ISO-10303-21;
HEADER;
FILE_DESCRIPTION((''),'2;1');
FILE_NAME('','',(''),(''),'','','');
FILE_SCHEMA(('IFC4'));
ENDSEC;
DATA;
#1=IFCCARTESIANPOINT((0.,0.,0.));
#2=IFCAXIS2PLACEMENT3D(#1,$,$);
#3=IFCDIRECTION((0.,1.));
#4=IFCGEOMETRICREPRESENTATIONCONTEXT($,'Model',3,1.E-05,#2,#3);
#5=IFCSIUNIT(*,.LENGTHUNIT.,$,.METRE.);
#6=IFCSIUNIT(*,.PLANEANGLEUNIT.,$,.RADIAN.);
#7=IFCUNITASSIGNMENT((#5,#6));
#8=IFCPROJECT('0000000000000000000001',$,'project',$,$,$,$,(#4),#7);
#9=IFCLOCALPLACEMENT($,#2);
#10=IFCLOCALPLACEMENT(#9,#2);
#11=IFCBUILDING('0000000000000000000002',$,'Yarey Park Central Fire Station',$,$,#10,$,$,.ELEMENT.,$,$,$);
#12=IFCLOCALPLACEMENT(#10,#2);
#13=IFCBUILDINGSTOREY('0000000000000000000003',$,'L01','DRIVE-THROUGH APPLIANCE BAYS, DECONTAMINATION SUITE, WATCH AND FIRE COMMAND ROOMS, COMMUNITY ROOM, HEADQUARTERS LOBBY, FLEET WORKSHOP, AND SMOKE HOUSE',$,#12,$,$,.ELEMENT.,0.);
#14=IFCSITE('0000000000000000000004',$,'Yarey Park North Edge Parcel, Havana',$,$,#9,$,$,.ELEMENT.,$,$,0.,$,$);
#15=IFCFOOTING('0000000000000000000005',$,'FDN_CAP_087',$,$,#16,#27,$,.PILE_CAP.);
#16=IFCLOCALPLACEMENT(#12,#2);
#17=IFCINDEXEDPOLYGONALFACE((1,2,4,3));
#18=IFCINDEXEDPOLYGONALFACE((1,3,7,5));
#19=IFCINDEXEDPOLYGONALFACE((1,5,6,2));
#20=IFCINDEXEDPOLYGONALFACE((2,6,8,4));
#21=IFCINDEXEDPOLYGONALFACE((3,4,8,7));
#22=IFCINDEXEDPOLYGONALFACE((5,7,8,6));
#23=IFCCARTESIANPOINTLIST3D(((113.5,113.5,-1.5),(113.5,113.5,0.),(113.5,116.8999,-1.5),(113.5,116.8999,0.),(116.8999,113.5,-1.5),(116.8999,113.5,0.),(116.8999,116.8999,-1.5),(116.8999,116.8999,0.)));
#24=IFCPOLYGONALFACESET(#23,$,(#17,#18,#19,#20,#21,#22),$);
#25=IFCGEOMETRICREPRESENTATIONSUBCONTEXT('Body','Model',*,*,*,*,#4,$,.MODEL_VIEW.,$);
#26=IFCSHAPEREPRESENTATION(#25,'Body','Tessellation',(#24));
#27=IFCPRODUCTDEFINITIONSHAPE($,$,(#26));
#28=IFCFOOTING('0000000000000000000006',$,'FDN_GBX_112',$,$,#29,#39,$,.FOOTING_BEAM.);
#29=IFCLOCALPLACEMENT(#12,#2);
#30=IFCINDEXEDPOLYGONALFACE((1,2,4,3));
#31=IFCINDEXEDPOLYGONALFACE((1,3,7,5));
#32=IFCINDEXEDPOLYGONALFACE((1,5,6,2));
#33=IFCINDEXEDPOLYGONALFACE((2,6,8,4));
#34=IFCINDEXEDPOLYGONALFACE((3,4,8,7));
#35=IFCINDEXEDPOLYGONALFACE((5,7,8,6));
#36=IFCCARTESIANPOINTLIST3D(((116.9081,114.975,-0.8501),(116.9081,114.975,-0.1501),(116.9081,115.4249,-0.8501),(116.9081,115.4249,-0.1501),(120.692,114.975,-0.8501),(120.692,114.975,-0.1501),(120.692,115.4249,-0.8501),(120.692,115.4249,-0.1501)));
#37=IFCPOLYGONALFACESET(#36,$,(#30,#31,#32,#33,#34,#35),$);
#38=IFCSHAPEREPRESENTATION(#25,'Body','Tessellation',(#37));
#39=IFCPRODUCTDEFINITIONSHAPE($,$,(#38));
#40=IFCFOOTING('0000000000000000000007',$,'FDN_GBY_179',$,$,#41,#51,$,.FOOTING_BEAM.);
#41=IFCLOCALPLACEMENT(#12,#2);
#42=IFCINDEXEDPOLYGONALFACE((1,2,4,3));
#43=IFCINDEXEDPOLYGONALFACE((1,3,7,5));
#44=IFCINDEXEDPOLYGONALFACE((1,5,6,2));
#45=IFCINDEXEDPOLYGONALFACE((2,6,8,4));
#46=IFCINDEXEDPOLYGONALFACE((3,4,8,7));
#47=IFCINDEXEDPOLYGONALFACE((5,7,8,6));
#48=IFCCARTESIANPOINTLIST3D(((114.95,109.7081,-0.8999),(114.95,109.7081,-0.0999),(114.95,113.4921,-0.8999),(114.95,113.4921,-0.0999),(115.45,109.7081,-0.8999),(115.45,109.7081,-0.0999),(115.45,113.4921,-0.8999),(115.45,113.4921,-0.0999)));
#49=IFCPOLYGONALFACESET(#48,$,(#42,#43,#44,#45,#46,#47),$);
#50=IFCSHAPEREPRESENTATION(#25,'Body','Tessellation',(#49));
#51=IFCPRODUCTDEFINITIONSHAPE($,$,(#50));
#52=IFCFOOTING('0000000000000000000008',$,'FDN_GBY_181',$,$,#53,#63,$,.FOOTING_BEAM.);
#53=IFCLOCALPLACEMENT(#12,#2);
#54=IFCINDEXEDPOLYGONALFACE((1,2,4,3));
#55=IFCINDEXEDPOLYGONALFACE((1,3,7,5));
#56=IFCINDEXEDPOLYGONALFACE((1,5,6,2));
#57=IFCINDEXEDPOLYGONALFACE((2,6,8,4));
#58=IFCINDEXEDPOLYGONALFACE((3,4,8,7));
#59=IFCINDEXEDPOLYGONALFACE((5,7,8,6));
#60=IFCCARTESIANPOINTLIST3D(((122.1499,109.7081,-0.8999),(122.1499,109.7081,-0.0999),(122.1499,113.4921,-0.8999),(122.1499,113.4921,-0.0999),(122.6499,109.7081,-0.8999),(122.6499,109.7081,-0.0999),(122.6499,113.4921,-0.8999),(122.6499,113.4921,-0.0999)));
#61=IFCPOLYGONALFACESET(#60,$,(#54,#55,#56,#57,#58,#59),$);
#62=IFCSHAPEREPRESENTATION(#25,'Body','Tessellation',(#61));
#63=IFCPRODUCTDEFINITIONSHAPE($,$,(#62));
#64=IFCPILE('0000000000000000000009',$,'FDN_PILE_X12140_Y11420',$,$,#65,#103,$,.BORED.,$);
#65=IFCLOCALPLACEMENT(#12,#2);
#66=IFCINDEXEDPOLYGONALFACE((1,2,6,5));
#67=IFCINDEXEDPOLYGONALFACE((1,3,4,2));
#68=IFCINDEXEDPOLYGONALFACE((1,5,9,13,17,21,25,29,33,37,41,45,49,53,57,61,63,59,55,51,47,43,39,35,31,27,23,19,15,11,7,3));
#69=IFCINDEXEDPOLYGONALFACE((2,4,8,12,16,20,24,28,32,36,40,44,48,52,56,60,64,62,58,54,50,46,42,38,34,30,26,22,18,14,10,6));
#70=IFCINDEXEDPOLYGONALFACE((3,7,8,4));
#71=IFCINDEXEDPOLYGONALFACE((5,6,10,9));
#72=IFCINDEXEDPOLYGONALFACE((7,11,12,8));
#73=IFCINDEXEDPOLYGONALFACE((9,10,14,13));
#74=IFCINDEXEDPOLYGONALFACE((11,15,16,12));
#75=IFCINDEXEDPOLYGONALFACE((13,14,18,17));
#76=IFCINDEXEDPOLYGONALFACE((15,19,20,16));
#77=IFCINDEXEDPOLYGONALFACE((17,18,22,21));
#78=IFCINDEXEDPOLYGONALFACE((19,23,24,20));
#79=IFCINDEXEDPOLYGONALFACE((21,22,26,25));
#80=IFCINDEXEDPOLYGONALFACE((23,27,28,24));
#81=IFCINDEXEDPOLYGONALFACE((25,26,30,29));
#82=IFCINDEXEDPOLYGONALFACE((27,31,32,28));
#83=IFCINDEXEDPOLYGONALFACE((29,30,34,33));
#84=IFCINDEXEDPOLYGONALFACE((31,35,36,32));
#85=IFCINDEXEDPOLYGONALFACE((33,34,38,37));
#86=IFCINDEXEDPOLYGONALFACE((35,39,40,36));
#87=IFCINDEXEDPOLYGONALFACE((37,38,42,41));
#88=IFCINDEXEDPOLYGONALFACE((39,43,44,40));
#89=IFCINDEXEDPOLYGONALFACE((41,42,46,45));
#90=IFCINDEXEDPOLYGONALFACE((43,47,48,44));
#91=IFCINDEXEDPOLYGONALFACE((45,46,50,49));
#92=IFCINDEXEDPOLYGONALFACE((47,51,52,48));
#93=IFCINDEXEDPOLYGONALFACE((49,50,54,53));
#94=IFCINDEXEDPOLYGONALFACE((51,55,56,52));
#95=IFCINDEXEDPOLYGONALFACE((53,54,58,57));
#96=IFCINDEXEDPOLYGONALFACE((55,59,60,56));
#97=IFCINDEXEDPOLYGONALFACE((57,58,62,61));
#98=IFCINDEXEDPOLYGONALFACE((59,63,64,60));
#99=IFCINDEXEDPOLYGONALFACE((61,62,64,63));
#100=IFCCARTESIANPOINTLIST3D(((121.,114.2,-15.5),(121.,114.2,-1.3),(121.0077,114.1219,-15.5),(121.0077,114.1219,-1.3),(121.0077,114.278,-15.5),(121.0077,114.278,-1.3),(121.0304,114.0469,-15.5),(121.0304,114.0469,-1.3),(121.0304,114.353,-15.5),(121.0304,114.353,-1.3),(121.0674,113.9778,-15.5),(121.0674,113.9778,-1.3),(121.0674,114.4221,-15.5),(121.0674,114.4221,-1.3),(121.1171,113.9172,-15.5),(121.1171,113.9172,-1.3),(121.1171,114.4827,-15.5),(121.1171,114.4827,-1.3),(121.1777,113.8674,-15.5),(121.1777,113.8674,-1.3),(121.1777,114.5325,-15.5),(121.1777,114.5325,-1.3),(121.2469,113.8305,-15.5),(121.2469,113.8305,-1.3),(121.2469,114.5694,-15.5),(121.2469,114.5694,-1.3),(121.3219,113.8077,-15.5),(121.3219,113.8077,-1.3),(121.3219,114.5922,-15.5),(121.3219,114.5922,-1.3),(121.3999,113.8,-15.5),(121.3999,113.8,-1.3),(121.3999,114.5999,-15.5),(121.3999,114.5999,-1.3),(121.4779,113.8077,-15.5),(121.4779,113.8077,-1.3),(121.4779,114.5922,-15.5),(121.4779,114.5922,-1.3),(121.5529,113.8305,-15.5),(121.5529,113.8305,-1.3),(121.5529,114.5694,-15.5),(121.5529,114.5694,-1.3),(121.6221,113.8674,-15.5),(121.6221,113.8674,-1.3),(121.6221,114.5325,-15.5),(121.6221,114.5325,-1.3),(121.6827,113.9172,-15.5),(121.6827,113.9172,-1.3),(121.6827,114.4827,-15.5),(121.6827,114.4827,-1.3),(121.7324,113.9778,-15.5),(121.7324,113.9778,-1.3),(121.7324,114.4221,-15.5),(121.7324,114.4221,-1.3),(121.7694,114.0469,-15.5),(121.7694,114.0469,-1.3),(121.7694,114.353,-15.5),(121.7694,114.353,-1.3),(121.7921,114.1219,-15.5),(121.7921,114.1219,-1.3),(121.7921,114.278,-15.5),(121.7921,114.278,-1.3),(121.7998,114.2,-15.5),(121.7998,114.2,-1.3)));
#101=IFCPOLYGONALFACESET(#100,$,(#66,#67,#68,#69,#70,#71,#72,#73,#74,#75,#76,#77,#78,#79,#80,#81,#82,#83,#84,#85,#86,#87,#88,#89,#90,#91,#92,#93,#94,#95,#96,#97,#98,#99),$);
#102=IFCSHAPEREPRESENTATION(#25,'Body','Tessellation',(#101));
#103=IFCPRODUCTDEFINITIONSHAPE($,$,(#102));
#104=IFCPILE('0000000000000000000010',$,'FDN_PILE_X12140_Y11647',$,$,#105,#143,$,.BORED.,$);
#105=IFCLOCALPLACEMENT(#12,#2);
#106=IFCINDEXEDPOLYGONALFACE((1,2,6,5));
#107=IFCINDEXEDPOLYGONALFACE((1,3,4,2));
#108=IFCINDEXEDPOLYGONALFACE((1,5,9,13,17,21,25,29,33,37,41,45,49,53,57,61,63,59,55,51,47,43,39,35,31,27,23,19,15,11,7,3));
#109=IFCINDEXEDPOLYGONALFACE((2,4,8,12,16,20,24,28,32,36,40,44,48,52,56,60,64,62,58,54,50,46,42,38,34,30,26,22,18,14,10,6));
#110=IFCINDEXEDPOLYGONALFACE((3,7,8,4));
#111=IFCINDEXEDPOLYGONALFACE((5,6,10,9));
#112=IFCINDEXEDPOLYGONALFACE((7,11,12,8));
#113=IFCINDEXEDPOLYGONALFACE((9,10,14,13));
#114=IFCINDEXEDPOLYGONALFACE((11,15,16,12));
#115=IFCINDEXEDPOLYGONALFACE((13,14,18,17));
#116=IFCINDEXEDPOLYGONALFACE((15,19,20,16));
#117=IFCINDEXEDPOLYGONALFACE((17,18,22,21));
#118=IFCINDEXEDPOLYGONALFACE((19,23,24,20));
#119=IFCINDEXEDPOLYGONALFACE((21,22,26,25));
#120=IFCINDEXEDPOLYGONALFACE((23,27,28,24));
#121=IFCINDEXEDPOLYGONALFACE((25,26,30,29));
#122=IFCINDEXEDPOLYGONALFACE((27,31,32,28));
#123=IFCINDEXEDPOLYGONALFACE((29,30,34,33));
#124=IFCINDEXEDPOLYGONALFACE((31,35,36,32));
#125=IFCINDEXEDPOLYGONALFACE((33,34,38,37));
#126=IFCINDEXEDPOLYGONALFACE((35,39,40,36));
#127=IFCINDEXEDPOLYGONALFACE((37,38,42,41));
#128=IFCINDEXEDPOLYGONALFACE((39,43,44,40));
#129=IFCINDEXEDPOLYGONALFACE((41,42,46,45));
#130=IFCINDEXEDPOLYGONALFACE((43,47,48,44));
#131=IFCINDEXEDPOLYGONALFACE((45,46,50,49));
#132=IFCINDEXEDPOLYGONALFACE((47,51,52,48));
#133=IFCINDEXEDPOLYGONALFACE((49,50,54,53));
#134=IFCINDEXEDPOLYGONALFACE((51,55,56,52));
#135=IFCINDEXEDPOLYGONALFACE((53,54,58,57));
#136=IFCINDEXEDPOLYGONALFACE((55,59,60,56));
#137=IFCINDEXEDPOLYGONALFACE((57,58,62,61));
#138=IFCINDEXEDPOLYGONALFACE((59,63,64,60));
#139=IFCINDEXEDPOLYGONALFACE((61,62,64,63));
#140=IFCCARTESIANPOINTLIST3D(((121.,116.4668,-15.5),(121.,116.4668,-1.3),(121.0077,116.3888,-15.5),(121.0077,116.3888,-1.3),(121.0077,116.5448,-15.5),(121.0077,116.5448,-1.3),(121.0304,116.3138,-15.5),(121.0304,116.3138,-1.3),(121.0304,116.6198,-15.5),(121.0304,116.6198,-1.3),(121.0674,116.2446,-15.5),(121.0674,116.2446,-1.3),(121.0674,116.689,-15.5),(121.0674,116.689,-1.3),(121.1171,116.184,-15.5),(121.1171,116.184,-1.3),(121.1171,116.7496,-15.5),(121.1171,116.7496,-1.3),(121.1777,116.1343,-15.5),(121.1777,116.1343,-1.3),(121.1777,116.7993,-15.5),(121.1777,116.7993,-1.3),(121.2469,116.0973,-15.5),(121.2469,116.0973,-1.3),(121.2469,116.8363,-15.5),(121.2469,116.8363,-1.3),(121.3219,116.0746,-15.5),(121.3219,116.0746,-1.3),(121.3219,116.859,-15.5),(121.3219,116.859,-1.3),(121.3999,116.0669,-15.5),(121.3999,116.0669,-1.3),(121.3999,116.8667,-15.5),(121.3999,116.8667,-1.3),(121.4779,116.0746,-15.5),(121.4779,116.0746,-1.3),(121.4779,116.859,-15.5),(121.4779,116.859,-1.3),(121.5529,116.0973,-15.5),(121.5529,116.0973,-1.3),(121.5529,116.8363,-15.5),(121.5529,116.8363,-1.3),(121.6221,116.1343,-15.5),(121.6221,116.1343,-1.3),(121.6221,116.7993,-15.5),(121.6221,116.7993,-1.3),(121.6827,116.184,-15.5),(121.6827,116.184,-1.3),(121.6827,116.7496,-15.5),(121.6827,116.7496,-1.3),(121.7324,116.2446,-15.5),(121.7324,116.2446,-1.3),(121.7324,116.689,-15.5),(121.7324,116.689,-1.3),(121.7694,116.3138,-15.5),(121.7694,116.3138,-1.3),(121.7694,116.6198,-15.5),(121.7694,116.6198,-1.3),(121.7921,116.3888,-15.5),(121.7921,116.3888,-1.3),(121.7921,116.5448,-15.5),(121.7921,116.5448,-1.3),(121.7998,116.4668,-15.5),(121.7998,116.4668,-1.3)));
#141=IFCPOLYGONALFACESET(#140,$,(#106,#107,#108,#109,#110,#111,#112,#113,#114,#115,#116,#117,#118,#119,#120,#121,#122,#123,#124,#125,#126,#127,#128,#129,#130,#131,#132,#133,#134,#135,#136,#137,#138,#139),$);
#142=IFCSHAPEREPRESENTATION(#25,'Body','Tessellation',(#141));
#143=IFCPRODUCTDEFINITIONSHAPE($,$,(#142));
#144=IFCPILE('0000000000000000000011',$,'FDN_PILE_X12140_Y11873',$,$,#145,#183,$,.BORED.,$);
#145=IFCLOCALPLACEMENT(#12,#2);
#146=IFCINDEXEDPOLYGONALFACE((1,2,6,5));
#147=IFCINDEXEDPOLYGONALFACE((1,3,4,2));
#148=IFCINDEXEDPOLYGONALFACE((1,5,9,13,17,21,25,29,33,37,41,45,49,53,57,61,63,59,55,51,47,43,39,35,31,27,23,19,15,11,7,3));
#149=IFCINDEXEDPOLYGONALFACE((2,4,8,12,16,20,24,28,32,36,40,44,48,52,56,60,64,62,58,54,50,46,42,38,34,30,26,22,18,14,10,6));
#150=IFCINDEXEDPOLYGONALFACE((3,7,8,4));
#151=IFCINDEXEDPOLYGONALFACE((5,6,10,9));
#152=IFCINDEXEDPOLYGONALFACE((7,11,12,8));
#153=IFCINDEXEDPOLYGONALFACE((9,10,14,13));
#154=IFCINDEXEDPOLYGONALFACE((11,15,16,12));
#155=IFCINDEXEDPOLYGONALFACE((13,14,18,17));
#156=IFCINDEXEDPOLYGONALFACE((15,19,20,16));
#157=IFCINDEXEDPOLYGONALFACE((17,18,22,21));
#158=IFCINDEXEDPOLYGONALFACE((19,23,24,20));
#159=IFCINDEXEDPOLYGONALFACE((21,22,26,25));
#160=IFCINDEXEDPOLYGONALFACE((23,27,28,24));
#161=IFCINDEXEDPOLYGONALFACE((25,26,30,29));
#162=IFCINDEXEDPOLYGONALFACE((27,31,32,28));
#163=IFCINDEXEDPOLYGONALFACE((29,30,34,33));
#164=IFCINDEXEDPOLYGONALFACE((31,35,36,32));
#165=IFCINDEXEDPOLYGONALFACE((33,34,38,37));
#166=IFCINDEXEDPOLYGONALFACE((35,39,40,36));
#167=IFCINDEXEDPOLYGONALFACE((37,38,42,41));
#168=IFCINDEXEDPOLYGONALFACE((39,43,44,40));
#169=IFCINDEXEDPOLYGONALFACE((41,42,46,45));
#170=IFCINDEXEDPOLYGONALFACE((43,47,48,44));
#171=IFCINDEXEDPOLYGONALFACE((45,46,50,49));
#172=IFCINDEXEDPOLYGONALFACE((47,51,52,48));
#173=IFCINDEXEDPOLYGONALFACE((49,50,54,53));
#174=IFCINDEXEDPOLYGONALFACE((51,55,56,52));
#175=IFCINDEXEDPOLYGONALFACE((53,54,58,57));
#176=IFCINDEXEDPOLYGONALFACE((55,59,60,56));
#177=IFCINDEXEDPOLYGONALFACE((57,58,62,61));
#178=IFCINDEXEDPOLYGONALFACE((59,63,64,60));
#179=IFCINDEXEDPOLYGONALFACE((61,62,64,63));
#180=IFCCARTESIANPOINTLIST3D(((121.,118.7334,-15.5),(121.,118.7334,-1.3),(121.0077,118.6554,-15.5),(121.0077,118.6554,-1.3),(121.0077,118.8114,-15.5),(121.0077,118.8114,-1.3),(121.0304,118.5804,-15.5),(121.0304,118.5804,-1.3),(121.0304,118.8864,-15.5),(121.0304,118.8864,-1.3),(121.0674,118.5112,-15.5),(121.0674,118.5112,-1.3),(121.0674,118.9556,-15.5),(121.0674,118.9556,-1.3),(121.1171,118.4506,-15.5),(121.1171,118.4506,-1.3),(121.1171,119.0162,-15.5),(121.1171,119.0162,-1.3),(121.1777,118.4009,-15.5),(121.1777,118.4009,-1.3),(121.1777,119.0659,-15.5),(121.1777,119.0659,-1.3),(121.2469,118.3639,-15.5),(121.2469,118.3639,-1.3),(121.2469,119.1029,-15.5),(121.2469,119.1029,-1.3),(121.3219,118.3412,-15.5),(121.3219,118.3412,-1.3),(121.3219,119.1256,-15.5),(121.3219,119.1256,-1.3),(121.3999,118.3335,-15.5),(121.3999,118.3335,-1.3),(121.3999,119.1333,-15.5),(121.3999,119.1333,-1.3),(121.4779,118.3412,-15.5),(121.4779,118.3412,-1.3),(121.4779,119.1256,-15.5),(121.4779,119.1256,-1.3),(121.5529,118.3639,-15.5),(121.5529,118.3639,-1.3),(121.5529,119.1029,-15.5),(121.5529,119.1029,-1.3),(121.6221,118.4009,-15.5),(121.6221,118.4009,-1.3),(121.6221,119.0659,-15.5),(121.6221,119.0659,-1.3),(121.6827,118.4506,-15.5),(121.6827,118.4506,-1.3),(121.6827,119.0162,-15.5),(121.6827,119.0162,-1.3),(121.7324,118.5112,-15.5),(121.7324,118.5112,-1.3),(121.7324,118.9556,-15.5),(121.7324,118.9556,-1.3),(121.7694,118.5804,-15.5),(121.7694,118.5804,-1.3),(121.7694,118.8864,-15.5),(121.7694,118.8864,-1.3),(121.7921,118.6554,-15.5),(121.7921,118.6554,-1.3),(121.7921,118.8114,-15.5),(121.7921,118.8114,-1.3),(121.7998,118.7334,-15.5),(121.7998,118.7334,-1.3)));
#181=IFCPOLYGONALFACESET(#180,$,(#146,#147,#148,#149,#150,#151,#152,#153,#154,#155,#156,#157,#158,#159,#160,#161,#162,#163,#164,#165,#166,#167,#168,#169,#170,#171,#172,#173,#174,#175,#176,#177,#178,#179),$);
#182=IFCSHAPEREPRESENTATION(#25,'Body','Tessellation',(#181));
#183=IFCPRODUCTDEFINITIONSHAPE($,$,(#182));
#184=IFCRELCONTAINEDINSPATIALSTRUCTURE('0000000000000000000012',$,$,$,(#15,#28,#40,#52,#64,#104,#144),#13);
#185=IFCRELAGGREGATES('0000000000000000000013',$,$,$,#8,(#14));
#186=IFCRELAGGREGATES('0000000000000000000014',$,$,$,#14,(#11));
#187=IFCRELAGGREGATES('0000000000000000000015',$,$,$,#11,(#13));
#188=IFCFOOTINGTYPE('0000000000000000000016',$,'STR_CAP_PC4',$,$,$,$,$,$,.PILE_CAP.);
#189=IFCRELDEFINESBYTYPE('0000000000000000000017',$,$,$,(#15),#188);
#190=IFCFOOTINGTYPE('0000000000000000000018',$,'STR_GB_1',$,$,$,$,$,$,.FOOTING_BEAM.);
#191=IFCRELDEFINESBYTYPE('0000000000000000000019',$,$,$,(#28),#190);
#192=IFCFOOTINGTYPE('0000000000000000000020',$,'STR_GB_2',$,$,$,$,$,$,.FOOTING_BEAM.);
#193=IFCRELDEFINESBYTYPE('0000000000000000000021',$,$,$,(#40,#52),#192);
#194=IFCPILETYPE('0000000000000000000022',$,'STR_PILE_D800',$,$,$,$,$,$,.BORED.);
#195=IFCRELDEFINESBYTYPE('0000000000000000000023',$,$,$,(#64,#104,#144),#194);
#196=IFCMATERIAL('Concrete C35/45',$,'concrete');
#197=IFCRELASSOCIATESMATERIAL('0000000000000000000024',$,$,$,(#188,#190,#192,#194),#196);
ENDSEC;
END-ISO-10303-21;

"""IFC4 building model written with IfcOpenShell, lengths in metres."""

from ifc_helpers import new_model, si_unit, direction, frame, origin, origin_2d, place, context, subcontext, project, spatial, rectangle, circle, extrude, material, material_profile, profile_set, type_object, element, save


model = new_model("IFC4")

# Units and contexts
model_context = context("Model", 3, precision=1e-05, world=origin(), true_north=direction((0.0, 1.0)))
body_context = subcontext(model_context, "Body", "Model", "MODEL_VIEW")
ifc_project = project(units=[si_unit("LENGTHUNIT", "METRE"), si_unit("PLANEANGLEUNIT", "RADIAN")], contexts=[model_context])

# Site, building, storey
site_placement = place(None, origin())
site = spatial("IfcSite", under=ifc_project, at=site_placement, Name="Yarey Park North Edge Parcel, Havana", CompositionType="ELEMENT", RefElevation=0.0)
building_placement = place(site_placement, origin())
building = spatial("IfcBuilding", under=site, at=building_placement, Name="Yarey Park Central Fire Station", CompositionType="ELEMENT")
storey_placement = place(building_placement, origin())
storey = spatial("IfcBuildingStorey", under=building, at=storey_placement, Name="L01", Description="DRIVE-THROUGH APPLIANCE BAYS, DECONTAMINATION SUITE, WATCH AND FIRE COMMAND ROOMS, COMMUNITY ROOM, HEADQUARTERS LOBBY, FLEET WORKSHOP, AND SMOKE HOUSE", CompositionType="ELEMENT", Elevation=0.0)

# Footings
ifc_material_1 = material(Name="Concrete C35/45", Category="concrete")
footing_type_1 = type_object("IfcFootingType", Name="STR_CAP_PC4", PredefinedType="PILE_CAP", material=ifc_material_1)
footing_1_placement = place(storey_placement, frame((115.2, 115.2, -1.5), z_axis=(0.0, 0.0, 1.0), x_axis=(1.0, 0.0, 0.0)))
element("IfcFooting", 1, at=footing_1_placement, inside=storey, type_object=footing_type_1, Name="FDN_CAP_087", PredefinedType="PILE_CAP", context=body_context, shape_type="SweptSolid", body=[
    extrude(rectangle(XDim=3.3999, YDim=3.3999, at=origin_2d()), origin(), (0.0, 0.0, 1.0), 1.5),
])
footing_type_2 = type_object("IfcFootingType", Name="STR_GB_1", PredefinedType="FOOTING_BEAM", material=ifc_material_1)
footing_2_placement = place(storey_placement, frame((118.8, 115.2, -0.8501), z_axis=(0.0, 0.0, 1.0), x_axis=(1.0, 0.0, 0.0)))
element("IfcFooting", 2, at=footing_2_placement, inside=storey, type_object=footing_type_2, Name="FDN_GBX_112", PredefinedType="FOOTING_BEAM", context=body_context, shape_type="SweptSolid", body=[
    extrude(rectangle(XDim=3.7839, YDim=0.45, at=origin_2d()), origin(), (0.0, 0.0, 1.0), 0.7),
])
footing_type_3 = type_object("IfcFootingType", Name="STR_GB_2", PredefinedType="FOOTING_BEAM", material=ifc_material_1)
for number, where, z_axis, x_axis, name in (
    (3, (115.2, 111.6001, -0.8999), (0.0, 0.0, 1.0), (1.0, 0.0, 0.0), "FDN_GBY_179"),
    (4, (122.3999, 111.6001, -0.8999), (0.0, 0.0, 1.0), (1.0, 0.0, 0.0), "FDN_GBY_181"),
):
    element("IfcFooting", number, at=place(storey_placement, frame(where, z_axis=z_axis, x_axis=x_axis)), inside=storey, type_object=footing_type_3, Name=name, PredefinedType="FOOTING_BEAM", context=body_context, shape_type="SweptSolid", body=[
        extrude(rectangle(XDim=0.5, YDim=3.7839, at=origin_2d()), origin(), (0.0, 0.0, 1.0), 0.8),
    ])

# Piles
ifc_material_profile_1 = material_profile(ifc_material_1, circle(Radius=0.3999, at=origin_2d()), Name="BORED PILE D800")
ifc_profile_set_1 = profile_set([ifc_material_profile_1], Name="Concrete C35/45")
pile_type = type_object("IfcPileType", Name="STR_PILE_D800", PredefinedType="BORED", material=ifc_profile_set_1)
for number, where, z_axis, x_axis, name in (
    (5, (121.3999, 114.2, -1.3), (0.0, 0.0, -1.0), (1.0, 0.0, 0.0), "FDN_PILE_X12140_Y11420"),
    (6, (121.3999, 116.4668, -1.3), (0.0, 0.0, -1.0), (1.0, 0.0, 0.0), "FDN_PILE_X12140_Y11647"),
    (7, (121.3999, 118.7334, -1.3), (0.0, 0.0, -1.0), (1.0, 0.0, 0.0), "FDN_PILE_X12140_Y11873"),
):
    element("IfcPile", number, at=place(storey_placement, frame(where, z_axis=z_axis, x_axis=x_axis)), inside=storey, type_object=pile_type, Name=name, PredefinedType="BORED", context=body_context, shape_type="SweptSolid", body=[
        extrude(circle(Radius=0.3999, at=origin_2d()), origin(), (0.0, 0.0, 1.0), 14.2),
    ])

save(model, "model.ifc")
